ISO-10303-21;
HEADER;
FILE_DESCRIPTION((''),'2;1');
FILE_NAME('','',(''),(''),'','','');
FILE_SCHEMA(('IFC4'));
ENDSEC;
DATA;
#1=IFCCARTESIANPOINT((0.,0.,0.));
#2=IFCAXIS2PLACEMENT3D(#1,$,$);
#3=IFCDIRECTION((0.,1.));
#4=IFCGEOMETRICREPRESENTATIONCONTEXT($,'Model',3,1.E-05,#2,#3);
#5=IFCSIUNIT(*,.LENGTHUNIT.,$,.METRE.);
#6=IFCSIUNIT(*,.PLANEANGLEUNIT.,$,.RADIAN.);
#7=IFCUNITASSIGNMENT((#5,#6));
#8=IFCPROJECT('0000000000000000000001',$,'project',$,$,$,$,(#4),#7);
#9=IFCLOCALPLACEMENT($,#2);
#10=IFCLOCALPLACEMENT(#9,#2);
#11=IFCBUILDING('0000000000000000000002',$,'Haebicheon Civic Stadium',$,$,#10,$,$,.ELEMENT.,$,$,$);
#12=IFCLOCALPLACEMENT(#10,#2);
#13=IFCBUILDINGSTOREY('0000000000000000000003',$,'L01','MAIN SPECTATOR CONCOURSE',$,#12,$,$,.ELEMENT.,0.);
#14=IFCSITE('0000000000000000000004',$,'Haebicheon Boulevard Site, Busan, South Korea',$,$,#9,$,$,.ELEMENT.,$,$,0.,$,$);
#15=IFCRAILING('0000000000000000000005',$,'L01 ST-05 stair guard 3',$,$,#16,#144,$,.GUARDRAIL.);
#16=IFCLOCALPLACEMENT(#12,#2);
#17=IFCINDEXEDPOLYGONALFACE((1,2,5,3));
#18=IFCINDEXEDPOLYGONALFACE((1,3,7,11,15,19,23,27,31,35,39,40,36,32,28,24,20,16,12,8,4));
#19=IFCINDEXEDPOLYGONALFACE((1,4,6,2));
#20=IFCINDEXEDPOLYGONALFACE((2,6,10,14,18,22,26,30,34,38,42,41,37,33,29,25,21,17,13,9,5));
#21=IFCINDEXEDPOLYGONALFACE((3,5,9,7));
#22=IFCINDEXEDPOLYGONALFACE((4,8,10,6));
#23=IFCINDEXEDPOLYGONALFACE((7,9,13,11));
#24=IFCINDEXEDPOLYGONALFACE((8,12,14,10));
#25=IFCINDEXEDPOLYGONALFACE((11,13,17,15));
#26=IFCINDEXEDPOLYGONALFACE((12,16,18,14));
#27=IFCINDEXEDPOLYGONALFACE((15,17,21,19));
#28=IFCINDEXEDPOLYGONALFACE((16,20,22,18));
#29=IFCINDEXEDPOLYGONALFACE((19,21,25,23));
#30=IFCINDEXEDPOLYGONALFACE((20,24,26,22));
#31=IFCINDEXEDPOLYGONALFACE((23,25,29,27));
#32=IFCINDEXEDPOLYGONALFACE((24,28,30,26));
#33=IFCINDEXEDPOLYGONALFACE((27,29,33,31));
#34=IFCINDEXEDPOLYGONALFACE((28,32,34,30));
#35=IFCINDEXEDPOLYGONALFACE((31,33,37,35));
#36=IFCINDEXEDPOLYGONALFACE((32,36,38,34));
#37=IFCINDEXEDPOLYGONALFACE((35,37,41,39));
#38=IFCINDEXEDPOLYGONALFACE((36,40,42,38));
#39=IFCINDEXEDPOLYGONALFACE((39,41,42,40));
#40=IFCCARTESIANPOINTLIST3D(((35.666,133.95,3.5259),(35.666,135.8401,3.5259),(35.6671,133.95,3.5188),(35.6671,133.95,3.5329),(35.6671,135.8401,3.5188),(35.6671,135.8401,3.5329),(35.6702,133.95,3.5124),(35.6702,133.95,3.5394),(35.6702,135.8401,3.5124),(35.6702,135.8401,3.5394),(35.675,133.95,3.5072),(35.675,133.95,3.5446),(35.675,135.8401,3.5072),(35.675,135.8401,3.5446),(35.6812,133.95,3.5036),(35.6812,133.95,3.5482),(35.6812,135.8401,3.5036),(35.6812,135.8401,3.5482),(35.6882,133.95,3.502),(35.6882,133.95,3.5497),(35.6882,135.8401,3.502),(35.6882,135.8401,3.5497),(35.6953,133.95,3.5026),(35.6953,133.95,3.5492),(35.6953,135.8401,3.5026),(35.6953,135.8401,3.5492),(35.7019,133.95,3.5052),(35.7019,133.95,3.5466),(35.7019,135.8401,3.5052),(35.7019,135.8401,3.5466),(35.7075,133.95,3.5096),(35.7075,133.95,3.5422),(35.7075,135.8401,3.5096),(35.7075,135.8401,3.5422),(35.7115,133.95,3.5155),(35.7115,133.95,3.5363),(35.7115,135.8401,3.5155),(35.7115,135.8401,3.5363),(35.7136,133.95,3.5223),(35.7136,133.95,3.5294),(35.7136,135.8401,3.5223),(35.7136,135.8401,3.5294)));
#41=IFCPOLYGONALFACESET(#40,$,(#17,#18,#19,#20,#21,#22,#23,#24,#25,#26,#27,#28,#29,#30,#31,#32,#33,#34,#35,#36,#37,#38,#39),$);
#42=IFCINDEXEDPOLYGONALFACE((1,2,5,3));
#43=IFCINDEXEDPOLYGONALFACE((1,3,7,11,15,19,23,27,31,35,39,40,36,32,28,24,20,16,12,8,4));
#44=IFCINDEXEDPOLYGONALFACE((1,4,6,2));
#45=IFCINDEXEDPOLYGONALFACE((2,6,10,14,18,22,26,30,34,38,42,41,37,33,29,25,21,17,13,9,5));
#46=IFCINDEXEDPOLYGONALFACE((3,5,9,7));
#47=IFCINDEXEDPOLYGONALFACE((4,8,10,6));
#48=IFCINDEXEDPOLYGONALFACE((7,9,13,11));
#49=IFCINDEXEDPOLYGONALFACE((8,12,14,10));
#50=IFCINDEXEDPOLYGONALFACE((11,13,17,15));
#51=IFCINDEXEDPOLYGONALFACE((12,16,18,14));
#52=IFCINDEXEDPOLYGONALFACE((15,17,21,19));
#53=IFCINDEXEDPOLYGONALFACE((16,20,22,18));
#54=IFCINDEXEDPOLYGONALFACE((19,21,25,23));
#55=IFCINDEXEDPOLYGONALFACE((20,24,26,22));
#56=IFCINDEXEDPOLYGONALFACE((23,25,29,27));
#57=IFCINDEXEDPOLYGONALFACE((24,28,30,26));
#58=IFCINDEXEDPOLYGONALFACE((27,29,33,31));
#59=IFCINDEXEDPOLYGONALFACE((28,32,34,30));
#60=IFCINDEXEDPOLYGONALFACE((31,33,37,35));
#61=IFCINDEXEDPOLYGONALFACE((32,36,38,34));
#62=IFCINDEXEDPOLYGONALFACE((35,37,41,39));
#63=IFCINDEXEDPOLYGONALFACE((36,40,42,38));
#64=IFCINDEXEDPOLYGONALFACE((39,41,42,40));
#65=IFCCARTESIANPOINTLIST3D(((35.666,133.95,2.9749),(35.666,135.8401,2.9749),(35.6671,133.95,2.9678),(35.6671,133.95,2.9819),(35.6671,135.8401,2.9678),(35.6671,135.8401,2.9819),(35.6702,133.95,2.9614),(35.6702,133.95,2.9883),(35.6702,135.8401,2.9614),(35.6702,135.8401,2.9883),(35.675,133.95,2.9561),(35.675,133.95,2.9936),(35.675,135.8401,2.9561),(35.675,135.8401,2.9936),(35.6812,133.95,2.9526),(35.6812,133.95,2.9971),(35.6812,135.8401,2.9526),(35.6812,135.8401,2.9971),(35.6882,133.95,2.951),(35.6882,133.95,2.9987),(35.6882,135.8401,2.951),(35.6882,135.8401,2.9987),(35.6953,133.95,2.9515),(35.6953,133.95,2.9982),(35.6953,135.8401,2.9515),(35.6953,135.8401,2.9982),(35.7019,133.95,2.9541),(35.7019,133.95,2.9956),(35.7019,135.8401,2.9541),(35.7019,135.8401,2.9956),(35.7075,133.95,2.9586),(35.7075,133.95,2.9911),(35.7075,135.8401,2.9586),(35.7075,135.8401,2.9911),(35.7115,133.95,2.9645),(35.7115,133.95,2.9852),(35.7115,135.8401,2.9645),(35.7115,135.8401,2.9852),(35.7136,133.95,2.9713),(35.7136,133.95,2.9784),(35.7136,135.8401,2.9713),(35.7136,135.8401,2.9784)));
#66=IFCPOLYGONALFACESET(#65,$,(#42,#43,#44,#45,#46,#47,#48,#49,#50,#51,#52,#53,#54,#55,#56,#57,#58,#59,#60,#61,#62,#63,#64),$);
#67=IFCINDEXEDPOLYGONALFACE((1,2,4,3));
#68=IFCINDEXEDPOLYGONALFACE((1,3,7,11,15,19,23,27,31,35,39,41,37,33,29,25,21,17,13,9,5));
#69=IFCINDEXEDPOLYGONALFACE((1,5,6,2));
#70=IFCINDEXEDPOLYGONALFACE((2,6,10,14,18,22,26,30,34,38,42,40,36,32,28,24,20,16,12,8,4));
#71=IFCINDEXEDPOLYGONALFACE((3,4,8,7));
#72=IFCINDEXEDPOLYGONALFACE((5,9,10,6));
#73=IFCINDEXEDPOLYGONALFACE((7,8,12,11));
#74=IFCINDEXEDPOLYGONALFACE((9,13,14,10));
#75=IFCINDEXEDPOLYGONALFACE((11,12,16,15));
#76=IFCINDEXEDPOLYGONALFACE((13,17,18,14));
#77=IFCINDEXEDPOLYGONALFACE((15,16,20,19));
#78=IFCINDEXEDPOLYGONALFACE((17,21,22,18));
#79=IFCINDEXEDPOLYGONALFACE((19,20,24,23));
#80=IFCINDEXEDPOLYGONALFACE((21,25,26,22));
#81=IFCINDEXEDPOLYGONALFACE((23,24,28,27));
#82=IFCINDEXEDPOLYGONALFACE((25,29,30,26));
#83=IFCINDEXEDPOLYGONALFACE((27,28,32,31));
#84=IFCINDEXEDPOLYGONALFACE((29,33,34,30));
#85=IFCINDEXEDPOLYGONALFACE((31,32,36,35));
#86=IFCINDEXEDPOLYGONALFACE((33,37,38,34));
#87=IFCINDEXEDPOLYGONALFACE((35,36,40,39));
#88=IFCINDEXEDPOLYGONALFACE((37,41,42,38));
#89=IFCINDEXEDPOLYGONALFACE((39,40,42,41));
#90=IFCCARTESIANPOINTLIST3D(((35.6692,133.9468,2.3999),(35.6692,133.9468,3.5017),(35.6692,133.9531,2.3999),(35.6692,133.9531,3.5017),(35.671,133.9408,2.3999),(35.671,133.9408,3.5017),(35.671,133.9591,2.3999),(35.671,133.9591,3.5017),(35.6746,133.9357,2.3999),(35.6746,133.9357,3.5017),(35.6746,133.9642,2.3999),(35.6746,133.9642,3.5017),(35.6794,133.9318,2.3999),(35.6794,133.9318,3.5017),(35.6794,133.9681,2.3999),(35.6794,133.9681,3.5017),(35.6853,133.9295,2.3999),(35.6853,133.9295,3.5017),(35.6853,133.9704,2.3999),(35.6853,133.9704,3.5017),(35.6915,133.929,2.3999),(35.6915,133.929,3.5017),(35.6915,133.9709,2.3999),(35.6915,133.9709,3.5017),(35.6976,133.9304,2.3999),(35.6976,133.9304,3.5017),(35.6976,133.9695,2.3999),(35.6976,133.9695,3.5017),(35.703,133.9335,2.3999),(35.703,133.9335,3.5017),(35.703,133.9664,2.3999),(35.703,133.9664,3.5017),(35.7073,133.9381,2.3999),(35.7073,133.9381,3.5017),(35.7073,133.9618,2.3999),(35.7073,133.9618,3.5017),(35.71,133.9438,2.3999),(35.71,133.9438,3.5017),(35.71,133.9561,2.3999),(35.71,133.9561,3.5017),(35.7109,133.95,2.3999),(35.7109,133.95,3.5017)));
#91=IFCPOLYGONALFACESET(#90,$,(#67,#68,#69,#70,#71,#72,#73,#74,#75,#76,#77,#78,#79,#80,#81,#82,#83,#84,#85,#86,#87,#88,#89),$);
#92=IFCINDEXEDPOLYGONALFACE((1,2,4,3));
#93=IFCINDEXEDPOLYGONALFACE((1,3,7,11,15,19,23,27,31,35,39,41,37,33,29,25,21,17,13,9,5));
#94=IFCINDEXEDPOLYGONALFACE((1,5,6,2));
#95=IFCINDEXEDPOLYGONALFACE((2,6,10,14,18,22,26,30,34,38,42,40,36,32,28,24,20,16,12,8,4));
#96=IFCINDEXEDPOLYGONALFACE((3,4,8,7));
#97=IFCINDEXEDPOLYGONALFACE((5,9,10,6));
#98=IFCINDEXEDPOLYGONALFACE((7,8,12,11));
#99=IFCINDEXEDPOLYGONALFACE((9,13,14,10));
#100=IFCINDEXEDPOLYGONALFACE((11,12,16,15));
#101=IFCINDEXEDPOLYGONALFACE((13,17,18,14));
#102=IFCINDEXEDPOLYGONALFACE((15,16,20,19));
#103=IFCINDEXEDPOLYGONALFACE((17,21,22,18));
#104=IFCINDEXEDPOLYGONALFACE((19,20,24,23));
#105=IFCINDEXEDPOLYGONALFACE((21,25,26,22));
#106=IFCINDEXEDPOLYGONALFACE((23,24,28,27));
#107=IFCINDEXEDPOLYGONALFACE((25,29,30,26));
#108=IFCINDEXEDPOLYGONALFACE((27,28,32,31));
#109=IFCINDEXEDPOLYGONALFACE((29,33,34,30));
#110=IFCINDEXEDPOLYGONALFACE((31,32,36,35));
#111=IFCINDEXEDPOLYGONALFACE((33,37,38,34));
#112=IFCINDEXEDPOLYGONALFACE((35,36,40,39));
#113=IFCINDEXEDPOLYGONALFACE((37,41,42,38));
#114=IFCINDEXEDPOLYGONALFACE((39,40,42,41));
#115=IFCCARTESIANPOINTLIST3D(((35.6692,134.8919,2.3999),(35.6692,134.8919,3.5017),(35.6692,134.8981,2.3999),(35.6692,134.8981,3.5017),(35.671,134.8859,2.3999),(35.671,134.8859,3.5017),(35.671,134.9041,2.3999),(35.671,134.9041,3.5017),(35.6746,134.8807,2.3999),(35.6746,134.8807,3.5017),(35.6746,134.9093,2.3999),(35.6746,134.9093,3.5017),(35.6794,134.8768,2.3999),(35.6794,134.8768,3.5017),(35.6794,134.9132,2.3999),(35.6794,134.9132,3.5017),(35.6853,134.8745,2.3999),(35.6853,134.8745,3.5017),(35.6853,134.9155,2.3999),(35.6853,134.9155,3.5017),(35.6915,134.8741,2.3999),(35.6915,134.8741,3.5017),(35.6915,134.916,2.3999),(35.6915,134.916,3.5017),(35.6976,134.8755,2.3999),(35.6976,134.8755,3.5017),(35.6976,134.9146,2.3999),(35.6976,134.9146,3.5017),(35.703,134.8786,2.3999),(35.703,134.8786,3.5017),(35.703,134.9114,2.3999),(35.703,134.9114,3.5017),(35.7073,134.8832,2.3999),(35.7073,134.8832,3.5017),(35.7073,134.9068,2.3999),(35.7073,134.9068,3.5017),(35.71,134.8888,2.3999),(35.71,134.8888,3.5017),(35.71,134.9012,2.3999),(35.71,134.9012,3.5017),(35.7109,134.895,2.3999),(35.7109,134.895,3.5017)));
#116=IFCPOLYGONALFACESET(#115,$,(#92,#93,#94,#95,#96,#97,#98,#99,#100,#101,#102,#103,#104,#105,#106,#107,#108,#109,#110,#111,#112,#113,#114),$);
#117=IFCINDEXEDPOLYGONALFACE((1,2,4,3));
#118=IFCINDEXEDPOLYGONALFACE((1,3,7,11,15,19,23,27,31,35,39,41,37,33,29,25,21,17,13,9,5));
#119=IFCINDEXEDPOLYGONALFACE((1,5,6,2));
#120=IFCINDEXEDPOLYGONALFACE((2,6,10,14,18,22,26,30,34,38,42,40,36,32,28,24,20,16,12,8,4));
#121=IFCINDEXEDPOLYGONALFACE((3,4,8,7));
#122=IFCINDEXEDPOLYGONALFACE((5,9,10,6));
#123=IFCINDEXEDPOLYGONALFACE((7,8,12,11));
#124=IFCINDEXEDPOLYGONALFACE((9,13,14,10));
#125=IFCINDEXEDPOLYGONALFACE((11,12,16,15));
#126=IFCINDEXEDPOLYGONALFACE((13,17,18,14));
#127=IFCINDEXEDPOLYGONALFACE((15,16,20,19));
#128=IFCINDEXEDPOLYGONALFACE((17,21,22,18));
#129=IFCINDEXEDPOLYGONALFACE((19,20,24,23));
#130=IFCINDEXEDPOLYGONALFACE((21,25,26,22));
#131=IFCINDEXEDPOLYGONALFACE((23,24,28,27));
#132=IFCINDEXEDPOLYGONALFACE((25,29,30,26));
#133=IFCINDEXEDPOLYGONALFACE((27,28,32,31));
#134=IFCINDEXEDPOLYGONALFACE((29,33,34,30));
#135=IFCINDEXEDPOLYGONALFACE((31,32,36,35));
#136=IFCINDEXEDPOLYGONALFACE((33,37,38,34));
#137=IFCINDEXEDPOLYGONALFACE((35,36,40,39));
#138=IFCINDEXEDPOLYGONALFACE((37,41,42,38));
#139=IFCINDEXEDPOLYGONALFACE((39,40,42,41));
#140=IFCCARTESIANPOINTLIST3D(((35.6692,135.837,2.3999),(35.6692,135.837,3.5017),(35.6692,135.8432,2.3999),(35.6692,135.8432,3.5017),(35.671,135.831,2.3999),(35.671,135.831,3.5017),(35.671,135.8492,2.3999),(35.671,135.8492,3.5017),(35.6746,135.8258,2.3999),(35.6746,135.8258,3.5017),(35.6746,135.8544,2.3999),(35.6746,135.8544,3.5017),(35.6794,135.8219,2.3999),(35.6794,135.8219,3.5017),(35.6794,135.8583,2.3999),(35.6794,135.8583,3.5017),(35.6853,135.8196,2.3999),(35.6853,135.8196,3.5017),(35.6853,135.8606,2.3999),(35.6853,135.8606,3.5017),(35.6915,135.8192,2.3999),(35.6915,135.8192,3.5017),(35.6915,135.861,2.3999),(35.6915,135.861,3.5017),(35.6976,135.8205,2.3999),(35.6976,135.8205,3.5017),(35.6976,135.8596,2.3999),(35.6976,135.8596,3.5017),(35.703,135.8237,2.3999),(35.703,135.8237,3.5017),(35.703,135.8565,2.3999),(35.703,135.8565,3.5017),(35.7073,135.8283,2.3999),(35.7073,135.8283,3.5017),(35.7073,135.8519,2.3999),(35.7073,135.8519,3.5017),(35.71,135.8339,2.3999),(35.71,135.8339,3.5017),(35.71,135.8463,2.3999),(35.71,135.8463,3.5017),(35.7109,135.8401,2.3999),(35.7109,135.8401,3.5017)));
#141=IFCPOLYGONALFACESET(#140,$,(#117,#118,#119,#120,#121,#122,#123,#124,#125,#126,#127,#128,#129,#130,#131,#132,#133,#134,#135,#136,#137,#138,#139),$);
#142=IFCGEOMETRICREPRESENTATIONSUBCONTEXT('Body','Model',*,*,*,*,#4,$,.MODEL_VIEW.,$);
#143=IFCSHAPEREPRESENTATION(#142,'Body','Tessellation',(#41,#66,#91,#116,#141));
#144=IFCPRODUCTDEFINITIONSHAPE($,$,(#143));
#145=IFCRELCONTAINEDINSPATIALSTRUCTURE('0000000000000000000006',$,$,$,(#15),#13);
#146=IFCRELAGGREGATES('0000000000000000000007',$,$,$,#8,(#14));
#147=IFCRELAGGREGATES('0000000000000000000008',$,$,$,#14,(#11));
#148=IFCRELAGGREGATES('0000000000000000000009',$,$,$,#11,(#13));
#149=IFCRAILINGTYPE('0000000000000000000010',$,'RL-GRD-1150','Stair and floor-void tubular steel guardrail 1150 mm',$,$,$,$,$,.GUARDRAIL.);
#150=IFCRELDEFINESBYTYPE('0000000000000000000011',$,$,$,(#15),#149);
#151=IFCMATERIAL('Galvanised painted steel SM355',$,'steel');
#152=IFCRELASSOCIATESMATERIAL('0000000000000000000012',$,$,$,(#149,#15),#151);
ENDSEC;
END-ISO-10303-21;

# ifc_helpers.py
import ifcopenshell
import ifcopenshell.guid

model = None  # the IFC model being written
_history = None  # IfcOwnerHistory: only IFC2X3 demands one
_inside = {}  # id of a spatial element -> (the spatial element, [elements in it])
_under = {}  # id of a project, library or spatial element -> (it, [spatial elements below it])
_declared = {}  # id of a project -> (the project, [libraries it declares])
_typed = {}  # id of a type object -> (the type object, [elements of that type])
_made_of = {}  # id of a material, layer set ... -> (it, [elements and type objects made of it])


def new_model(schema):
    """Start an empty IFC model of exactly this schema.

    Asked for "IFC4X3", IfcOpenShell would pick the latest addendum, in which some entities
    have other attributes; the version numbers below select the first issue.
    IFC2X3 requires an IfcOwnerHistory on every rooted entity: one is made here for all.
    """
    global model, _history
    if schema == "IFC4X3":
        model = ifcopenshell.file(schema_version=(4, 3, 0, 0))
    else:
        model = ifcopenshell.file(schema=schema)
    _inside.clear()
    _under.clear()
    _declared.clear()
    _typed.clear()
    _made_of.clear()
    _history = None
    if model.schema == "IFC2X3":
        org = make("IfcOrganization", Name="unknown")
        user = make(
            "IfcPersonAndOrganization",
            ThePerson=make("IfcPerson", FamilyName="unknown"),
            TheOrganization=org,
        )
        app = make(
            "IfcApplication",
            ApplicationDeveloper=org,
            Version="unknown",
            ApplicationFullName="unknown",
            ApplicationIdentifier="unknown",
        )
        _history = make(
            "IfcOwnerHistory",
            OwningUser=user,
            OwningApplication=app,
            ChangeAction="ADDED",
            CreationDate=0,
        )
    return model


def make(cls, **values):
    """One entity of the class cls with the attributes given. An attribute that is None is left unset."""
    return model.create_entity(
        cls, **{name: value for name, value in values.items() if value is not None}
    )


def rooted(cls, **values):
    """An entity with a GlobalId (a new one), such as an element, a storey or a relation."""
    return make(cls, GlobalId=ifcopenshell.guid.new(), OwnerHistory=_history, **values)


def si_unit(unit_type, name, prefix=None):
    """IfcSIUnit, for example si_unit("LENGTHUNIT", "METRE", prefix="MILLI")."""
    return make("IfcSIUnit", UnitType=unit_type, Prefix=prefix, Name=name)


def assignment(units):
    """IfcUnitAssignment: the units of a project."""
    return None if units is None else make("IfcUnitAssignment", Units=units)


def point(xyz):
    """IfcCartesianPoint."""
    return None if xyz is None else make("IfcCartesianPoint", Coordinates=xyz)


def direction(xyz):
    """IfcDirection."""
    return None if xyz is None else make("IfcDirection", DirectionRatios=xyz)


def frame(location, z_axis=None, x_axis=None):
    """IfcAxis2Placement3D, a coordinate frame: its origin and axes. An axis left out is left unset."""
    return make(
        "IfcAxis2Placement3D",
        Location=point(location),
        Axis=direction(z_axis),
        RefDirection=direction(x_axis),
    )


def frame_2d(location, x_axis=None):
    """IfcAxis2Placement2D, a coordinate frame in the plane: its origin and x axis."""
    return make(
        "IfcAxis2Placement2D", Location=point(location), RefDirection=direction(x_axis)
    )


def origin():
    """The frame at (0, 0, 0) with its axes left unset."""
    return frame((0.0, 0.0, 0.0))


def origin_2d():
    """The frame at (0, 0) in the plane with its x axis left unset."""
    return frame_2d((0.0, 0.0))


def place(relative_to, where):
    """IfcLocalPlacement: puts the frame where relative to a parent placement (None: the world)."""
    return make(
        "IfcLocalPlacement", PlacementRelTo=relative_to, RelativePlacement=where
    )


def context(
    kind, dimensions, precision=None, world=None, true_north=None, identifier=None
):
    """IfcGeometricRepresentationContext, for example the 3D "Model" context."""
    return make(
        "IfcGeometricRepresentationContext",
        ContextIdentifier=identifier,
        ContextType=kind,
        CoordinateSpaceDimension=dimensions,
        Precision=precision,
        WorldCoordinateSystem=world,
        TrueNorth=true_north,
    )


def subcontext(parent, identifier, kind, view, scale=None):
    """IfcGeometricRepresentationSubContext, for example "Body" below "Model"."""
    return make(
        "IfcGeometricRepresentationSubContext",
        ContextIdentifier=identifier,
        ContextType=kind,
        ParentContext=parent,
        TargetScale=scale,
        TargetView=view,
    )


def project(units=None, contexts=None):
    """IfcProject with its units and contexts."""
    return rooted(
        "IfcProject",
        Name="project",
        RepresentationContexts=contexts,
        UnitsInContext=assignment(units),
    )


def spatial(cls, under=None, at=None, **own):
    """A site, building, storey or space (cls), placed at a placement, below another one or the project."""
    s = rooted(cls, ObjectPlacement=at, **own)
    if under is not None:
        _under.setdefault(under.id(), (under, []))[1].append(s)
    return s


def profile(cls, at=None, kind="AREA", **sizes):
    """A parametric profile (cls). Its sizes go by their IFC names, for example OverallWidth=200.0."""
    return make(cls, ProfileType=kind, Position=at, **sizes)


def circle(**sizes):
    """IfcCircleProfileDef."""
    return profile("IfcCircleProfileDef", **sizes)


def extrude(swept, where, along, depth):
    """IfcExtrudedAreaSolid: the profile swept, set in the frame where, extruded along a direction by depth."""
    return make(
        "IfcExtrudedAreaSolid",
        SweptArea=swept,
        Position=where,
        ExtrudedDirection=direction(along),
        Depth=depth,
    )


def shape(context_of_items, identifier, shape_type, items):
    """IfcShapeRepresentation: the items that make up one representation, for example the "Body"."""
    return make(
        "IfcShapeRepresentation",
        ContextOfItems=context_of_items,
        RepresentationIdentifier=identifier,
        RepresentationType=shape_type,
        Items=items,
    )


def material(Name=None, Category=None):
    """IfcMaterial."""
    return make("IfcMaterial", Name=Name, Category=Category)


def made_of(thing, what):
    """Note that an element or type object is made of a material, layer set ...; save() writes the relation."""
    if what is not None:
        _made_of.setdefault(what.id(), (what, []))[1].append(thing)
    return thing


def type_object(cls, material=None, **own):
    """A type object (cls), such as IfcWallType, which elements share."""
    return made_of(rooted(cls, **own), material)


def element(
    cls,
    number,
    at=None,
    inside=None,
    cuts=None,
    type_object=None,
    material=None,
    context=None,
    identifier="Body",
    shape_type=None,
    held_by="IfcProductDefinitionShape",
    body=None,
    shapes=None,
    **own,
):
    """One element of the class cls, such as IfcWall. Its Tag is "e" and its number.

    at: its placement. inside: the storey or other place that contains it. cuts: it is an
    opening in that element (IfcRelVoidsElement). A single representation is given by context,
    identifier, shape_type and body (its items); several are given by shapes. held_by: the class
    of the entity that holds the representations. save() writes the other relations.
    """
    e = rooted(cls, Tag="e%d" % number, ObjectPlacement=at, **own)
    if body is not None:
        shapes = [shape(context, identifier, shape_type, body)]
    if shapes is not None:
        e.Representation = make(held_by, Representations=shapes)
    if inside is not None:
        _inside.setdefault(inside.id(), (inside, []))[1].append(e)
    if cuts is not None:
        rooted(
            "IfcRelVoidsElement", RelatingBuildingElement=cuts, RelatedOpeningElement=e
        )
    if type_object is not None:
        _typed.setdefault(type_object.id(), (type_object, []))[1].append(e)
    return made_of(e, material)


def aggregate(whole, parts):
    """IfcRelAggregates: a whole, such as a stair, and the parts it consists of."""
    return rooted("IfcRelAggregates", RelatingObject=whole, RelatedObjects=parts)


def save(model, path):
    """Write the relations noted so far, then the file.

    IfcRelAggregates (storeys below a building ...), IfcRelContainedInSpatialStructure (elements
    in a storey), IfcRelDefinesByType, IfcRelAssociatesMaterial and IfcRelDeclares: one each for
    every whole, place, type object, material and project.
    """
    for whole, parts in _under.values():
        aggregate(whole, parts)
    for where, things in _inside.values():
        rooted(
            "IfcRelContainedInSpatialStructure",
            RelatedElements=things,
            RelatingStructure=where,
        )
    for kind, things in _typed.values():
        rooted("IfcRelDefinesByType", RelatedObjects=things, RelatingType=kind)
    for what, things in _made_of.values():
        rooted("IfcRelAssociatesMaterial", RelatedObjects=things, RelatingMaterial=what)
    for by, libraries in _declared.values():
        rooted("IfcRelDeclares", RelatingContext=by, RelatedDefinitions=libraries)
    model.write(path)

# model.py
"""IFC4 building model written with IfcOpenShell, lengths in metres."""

from ifc_helpers import new_model, si_unit, direction, frame, origin, origin_2d, place, context, subcontext, project, spatial, circle, extrude, material, type_object, element, save


model = new_model("IFC4")

# Units and contexts
model_context = context("Model", 3, precision=1e-05, world=origin(), true_north=direction((0.0, 1.0)))
body_context = subcontext(model_context, "Body", "Model", "MODEL_VIEW")
ifc_project = project(units=[si_unit("LENGTHUNIT", "METRE"), si_unit("PLANEANGLEUNIT", "RADIAN")], contexts=[model_context])

# Site, building, storey
site_placement = place(None, origin())
site = spatial("IfcSite", under=ifc_project, at=site_placement, Name="Haebicheon Boulevard Site, Busan, South Korea", CompositionType="ELEMENT", RefElevation=0.0)
building_placement = place(site_placement, origin())
building = spatial("IfcBuilding", under=site, at=building_placement, Name="Haebicheon Civic Stadium", CompositionType="ELEMENT")
storey_placement = place(building_placement, origin())
storey = spatial("IfcBuildingStorey", under=building, at=storey_placement, Name="L01", Description="MAIN SPECTATOR CONCOURSE", CompositionType="ELEMENT", Elevation=0.0)

# Railing
ifc_material_1 = material(Name="Galvanised painted steel SM355", Category="steel")
railing_type_1 = type_object("IfcRailingType", Name="RL-GRD-1150", Description="Stair and floor-void tubular steel guardrail 1150 mm", PredefinedType="GUARDRAIL", material=ifc_material_1)
railing_1_placement = place(storey_placement, frame((35.6899, 133.95, 2.3999)))
element("IfcRailing", 1, at=railing_1_placement, inside=storey, type_object=railing_type_1, material=ifc_material_1, Name="L01 ST-05 stair guard 3", PredefinedType="GUARDRAIL", context=body_context, shape_type="SweptSolid", body=[
    extrude(circle(Radius=0.0239, at=origin_2d()), frame((0.0, 0.0, 1.126), z_axis=(0.0, 1.0, 0.0), x_axis=(-1.0, 0.0, 0.0)), (0.0, 0.0, 1.0), 1.8901),
    extrude(circle(Radius=0.0239, at=origin_2d()), frame((0.0, 0.0, 0.575), z_axis=(0.0, 1.0, 0.0), x_axis=(-1.0, 0.0, 0.0)), (0.0, 0.0, 1.0), 1.8901),
    extrude(circle(Radius=0.021, at=origin_2d()), origin(), (0.0, 0.0, 1.0), 1.1018),
    extrude(circle(Radius=0.021, at=origin_2d()), frame((0.0, 0.9451, 0.0)), (0.0, 0.0, 1.0), 1.1018),
    extrude(circle(Radius=0.021, at=origin_2d()), frame((0.0, 1.8901, 0.0)), (0.0, 0.0, 1.0), 1.1018),
])

save(model, "model.ifc")
